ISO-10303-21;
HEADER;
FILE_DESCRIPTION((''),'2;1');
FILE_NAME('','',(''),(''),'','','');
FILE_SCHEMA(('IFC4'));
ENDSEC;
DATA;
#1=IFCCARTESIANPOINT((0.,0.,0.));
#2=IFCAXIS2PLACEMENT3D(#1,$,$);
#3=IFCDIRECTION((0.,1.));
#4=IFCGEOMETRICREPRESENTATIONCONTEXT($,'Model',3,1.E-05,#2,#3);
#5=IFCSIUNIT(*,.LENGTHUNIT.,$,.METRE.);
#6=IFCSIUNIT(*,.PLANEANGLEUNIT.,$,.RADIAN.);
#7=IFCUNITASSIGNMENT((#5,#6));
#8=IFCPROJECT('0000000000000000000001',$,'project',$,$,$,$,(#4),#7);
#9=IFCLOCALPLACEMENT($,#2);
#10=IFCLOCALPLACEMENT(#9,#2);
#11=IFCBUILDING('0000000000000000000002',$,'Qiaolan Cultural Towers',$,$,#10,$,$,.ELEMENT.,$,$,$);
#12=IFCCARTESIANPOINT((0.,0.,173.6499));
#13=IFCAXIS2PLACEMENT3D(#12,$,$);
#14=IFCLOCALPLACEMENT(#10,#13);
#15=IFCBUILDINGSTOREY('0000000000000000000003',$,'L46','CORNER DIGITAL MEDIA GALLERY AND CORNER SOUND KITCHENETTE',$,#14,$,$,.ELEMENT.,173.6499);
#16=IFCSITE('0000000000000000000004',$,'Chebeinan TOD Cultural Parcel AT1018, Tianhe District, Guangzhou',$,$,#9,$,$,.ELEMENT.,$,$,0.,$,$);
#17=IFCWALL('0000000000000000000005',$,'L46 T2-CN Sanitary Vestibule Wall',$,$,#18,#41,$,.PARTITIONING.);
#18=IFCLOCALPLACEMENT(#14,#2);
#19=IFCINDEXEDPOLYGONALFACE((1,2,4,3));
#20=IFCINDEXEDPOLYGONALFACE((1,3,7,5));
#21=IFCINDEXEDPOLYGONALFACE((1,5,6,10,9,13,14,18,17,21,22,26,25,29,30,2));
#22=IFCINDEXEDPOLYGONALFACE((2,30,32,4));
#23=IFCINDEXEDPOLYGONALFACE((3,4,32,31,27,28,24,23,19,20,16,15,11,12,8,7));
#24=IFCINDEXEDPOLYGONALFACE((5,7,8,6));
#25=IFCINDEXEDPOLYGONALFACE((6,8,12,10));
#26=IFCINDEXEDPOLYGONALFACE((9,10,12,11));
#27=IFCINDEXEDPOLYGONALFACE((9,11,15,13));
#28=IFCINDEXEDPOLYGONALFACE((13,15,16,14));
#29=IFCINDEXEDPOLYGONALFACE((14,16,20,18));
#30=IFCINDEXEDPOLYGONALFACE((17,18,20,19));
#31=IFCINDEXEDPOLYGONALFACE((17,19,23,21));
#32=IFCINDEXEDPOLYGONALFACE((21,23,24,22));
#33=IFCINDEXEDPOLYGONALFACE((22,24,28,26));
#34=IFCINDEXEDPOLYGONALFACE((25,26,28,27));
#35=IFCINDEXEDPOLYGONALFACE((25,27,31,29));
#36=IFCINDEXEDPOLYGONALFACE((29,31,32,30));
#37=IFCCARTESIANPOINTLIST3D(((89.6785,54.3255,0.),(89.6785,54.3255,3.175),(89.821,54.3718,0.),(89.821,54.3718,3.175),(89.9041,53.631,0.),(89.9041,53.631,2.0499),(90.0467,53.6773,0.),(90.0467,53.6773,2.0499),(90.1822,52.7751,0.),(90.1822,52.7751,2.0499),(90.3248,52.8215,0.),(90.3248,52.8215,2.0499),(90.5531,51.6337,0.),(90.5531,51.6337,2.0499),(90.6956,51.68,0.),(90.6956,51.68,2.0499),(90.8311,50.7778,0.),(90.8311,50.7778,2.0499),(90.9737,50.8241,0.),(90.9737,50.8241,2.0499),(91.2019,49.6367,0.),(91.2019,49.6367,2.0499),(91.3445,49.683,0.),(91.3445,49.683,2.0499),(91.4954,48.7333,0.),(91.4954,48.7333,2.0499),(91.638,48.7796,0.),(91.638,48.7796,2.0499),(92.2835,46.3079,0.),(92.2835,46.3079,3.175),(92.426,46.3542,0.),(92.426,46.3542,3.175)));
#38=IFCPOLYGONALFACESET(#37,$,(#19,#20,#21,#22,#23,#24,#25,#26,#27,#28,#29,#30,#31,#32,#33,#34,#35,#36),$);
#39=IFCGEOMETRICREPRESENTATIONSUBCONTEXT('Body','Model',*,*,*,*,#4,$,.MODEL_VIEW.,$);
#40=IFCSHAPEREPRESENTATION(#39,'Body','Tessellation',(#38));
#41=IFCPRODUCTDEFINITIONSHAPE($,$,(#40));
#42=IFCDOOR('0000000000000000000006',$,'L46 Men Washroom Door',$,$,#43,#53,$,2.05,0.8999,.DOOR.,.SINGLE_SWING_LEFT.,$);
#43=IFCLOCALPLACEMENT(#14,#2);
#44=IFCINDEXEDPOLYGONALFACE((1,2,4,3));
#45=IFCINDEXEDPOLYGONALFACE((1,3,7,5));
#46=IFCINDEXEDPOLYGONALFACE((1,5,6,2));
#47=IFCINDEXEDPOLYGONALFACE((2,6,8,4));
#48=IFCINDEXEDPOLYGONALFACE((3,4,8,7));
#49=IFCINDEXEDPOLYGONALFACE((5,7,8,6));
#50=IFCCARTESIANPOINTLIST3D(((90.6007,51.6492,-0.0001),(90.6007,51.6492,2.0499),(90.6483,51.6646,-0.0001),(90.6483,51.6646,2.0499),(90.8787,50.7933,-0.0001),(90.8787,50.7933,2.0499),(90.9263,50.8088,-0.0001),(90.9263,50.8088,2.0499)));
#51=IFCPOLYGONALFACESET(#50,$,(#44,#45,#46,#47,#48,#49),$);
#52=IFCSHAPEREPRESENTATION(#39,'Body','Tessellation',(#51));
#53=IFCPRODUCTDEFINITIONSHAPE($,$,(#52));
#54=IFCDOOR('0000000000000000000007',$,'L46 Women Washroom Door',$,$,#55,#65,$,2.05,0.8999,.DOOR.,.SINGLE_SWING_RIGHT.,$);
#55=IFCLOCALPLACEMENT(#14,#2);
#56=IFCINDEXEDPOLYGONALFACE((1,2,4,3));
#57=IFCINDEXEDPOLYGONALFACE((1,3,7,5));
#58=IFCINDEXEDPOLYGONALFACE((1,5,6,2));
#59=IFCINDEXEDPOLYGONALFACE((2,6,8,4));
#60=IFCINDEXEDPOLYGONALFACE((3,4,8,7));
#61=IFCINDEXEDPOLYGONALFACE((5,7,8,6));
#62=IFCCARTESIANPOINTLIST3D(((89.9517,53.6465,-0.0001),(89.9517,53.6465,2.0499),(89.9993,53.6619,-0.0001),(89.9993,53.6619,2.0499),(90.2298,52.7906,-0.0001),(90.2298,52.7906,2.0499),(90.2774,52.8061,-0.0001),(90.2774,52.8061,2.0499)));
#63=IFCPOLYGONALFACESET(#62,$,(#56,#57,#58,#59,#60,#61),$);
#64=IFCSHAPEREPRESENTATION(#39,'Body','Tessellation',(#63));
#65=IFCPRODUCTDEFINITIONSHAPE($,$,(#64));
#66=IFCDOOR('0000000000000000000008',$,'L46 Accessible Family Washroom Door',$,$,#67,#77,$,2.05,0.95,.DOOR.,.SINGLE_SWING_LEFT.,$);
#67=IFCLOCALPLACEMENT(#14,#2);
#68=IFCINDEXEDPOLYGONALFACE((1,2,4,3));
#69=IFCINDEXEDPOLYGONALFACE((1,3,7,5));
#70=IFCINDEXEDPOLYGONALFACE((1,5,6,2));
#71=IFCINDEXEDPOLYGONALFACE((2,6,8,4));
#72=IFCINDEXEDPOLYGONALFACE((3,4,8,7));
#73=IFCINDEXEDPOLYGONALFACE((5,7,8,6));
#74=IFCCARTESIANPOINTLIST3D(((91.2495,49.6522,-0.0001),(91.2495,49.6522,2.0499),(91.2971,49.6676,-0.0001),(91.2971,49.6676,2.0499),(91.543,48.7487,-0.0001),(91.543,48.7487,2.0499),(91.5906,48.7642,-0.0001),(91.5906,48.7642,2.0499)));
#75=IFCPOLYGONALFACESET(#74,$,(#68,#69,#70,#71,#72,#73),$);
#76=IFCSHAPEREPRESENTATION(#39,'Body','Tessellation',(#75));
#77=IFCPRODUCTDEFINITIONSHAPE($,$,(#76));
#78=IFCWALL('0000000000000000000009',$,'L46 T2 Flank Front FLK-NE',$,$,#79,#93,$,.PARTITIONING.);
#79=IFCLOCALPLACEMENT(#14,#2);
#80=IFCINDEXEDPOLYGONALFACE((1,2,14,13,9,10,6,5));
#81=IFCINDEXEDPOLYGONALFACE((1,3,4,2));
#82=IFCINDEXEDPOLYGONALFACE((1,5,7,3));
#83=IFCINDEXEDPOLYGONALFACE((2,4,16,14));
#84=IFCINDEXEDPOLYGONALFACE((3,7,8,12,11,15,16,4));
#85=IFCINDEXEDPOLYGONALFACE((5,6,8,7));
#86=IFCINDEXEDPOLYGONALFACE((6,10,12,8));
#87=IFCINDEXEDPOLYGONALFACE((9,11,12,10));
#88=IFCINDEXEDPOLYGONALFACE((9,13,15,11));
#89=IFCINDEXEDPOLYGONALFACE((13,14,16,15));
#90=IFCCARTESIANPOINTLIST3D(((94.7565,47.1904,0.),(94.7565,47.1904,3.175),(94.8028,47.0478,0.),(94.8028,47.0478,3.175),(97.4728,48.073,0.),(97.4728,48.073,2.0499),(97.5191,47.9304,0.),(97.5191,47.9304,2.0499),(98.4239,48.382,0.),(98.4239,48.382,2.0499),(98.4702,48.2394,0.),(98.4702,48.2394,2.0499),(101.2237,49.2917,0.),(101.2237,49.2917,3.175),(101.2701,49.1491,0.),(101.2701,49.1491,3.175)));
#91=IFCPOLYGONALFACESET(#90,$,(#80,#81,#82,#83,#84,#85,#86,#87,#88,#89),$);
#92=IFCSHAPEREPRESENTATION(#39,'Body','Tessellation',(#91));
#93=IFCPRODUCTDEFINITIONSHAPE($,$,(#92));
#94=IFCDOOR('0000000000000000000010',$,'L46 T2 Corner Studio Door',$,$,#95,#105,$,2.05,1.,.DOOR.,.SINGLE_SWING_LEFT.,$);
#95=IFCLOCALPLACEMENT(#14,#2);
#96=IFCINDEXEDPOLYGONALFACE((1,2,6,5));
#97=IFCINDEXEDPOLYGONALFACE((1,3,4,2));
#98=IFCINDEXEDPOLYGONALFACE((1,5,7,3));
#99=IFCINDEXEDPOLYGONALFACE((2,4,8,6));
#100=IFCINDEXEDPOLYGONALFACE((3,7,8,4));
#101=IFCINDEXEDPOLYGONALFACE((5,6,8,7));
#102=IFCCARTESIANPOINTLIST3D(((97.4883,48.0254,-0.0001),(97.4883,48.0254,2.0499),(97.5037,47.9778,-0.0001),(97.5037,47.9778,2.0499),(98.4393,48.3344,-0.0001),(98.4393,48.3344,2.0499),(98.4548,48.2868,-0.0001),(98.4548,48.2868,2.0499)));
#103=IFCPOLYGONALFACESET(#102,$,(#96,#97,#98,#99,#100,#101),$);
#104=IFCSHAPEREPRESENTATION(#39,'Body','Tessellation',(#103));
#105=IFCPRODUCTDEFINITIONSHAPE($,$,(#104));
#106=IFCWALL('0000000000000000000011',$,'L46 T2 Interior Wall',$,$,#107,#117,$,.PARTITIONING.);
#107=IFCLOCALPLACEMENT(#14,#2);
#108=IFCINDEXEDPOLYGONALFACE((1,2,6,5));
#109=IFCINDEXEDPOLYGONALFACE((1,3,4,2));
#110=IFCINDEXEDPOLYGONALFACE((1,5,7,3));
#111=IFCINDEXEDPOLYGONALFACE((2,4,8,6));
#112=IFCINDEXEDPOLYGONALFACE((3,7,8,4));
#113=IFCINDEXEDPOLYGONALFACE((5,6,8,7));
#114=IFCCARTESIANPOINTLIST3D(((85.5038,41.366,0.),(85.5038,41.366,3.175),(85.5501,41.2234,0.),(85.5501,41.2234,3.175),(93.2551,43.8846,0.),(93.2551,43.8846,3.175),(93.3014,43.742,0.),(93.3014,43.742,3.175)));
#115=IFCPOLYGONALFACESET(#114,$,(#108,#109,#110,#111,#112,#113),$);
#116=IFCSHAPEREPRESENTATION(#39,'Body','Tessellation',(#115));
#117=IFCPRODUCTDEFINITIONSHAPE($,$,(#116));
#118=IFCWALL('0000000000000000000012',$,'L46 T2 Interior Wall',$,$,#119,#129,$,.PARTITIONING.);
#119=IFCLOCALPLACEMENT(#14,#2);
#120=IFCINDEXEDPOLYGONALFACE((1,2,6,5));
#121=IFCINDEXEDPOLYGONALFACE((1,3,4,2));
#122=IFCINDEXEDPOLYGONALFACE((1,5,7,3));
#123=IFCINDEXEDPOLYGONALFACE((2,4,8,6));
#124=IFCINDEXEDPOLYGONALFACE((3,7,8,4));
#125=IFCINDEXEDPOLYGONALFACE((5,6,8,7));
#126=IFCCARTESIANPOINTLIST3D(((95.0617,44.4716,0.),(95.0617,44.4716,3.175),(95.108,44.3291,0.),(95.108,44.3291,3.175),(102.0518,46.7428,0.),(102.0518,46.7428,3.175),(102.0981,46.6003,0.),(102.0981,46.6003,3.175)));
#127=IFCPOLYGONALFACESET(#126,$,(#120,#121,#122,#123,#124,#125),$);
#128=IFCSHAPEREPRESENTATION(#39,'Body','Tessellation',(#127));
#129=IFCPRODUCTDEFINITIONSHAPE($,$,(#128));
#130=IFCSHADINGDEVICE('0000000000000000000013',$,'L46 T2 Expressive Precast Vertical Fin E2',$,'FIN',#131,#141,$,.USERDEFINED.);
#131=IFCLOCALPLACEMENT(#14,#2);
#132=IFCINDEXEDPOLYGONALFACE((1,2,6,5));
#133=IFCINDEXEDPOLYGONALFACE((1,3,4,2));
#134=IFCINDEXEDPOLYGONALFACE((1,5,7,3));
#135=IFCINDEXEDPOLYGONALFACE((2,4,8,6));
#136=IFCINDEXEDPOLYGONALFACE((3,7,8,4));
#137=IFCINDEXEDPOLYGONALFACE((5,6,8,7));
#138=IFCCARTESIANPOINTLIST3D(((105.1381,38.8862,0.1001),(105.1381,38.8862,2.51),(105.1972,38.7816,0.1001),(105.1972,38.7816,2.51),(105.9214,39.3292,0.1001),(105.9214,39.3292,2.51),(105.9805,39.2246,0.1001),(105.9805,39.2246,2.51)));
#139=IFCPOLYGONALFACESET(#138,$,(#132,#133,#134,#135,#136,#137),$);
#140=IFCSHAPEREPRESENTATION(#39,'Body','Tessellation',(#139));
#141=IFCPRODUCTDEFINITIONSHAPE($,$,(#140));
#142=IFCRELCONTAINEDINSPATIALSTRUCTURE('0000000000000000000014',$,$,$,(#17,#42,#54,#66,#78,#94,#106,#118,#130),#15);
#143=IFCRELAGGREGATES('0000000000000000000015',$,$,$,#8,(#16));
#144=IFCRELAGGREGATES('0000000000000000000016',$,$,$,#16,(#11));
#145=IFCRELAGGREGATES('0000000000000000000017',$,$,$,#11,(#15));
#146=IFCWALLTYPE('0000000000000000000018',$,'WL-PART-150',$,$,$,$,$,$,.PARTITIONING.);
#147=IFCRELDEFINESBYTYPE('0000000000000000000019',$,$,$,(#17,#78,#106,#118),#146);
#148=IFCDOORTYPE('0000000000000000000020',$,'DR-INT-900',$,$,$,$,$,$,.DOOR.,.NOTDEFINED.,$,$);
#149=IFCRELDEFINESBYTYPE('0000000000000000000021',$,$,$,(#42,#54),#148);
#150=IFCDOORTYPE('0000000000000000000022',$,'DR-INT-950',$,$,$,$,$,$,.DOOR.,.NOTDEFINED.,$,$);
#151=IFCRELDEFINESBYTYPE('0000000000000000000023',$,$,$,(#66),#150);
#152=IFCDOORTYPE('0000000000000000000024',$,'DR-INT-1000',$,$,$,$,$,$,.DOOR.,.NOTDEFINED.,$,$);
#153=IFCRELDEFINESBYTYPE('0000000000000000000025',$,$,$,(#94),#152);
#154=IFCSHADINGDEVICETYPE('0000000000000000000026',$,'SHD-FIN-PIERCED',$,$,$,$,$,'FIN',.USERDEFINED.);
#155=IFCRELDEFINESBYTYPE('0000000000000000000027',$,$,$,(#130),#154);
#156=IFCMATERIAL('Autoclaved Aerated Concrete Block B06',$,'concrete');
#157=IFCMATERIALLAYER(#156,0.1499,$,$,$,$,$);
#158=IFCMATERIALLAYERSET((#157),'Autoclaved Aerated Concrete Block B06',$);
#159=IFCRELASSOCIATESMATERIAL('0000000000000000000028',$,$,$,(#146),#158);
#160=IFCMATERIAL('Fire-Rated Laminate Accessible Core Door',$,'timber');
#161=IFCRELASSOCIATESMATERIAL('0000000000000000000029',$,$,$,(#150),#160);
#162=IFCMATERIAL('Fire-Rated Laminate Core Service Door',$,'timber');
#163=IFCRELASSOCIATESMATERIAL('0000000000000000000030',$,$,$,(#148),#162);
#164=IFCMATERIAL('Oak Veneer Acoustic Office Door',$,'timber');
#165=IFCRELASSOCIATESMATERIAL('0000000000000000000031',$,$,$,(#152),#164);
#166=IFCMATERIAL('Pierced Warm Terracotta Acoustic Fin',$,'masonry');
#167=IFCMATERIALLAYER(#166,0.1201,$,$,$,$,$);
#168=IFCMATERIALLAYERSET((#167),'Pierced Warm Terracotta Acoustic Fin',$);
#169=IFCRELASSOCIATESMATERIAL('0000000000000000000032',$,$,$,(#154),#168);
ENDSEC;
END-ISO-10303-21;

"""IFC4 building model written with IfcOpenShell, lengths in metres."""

from ifc_helpers import new_model, si_unit, direction, frame, frame_2d, origin, origin_2d, place, context, subcontext, project, spatial, rectangle, extrude, material, layer, layer_set, type_object, element, fill, save


model = new_model("IFC4")

# Units and contexts
model_context = context("Model", 3, precision=1e-05, world=origin(), true_north=direction((0.0, 1.0)))
body_context = subcontext(model_context, "Body", "Model", "MODEL_VIEW")
ifc_project = project(units=[si_unit("LENGTHUNIT", "METRE"), si_unit("PLANEANGLEUNIT", "RADIAN")], contexts=[model_context])

# Site, building, storey
site_placement = place(None, origin())
site = spatial("IfcSite", under=ifc_project, at=site_placement, Name="Chebeinan TOD Cultural Parcel AT1018, Tianhe District, Guangzhou", CompositionType="ELEMENT", RefElevation=0.0)
building_placement = place(site_placement, origin())
building = spatial("IfcBuilding", under=site, at=building_placement, Name="Qiaolan Cultural Towers", CompositionType="ELEMENT")
storey_placement = place(building_placement, frame((0.0, 0.0, 173.6499)))
storey = spatial("IfcBuildingStorey", under=building, at=storey_placement, Name="L46", Description="CORNER DIGITAL MEDIA GALLERY AND CORNER SOUND KITCHENETTE", CompositionType="ELEMENT", Elevation=173.6499)

# Shared definitions
ifc_material_1 = material(Name="Autoclaved Aerated Concrete Block B06", Category="concrete")
ifc_layer_1 = layer(ifc_material_1, 0.1499)
ifc_layer_set_1 = layer_set([ifc_layer_1], Name="Autoclaved Aerated Concrete Block B06")
wall_type_1 = type_object("IfcWallType", Name="WL-PART-150", PredefinedType="PARTITIONING", material=ifc_layer_set_1)
ifc_material_2 = material(Name="Fire-Rated Laminate Accessible Core Door", Category="timber")
door_type_1 = type_object("IfcDoorType", Name="DR-INT-950", OperationType="NOTDEFINED", PredefinedType="DOOR", material=ifc_material_2)

# Wall, openings, doors
wall_1_placement = place(storey_placement, frame((92.3547, 46.3311, 0.0), z_axis=(0.0, 0.0, 1.0), x_axis=(-0.309007, 0.95106, 0.0)))
wall_1 = element("IfcWall", 1, at=wall_1_placement, inside=storey, type_object=wall_type_1, Name="L46 T2-CN Sanitary Vestibule Wall", PredefinedType="PARTITIONING", context=body_context, shape_type="SweptSolid", body=[
    extrude(rectangle(XDim=8.4302, YDim=0.1499, at=frame_2d((4.2151, 0.0))), origin(), (0.0, 0.0, 1.0), 3.175),
])
opening_1_placement = place(wall_1_placement, frame((2.55, 0.0, 0.0)))
opening_1 = element("IfcOpeningElement", 2, at=opening_1_placement, cuts=wall_1, PredefinedType="OPENING", context=body_context, shape_type="SweptSolid", body=[
    extrude(rectangle(XDim=0.95, YDim=2.05, at=frame_2d((0.4751, 1.0249))), frame((0.0, 0.085, 0.0), z_axis=(0.0, -1.0, 0.0), x_axis=(1.0, 0.0, 0.0)), (0.0, 0.0, 1.0), 0.1699),
])
opening_2_placement = place(wall_1_placement, frame((4.7, 0.0, 0.0)))
opening_2 = element("IfcOpeningElement", 3, at=opening_2_placement, cuts=wall_1, PredefinedType="OPENING", context=body_context, shape_type="SweptSolid", body=[
    extrude(rectangle(XDim=0.8999, YDim=2.05, at=frame_2d((0.45, 1.0249))), frame((0.0, 0.085, 0.0), z_axis=(0.0, -1.0, 0.0), x_axis=(1.0, 0.0, 0.0)), (0.0, 0.0, 1.0), 0.1699),
])
opening_3_placement = place(wall_1_placement, frame((6.8, 0.0, 0.0)))
opening_3 = element("IfcOpeningElement", 4, at=opening_3_placement, cuts=wall_1, PredefinedType="OPENING", context=body_context, shape_type="SweptSolid", body=[
    extrude(rectangle(XDim=0.8999, YDim=2.05, at=frame_2d((0.45, 1.0249))), frame((0.0, 0.085, 0.0), z_axis=(0.0, -1.0, 0.0), x_axis=(1.0, 0.0, 0.0)), (0.0, 0.0, 1.0), 0.1699),
])
ifc_material_3 = material(Name="Fire-Rated Laminate Core Service Door", Category="timber")
door_type_2 = type_object("IfcDoorType", Name="DR-INT-900", OperationType="NOTDEFINED", PredefinedType="DOOR", material=ifc_material_3)
door_1_placement = place(opening_2_placement, origin())
door_1 = element("IfcDoor", 5, at=door_1_placement, inside=storey, type_object=door_type_2, Name="L46 Men Washroom Door", OperationType="SINGLE_SWING_LEFT", OverallHeight=2.05, OverallWidth=0.8999, PredefinedType="DOOR", context=body_context, shape_type="SweptSolid", body=[
    extrude(rectangle(XDim=0.8999, YDim=2.05, at=frame_2d((0.45, 1.0249))), frame((0.0, 0.0249, 0.0), z_axis=(0.0, -1.0, 0.0), x_axis=(1.0, 0.0, 0.0)), (0.0, 0.0, 1.0), 0.05),
])
fill(opening_2, door_1)
door_2_placement = place(opening_3_placement, origin())
door_2 = element("IfcDoor", 6, at=door_2_placement, inside=storey, type_object=door_type_2, Name="L46 Women Washroom Door", OperationType="SINGLE_SWING_RIGHT", OverallHeight=2.05, OverallWidth=0.8999, PredefinedType="DOOR", context=body_context, shape_type="SweptSolid", body=[
    extrude(rectangle(XDim=0.8999, YDim=2.05, at=frame_2d((0.45, 1.0249))), frame((0.0, 0.0249, 0.0), z_axis=(0.0, -1.0, 0.0), x_axis=(1.0, 0.0, 0.0)), (0.0, 0.0, 1.0), 0.05),
])
fill(opening_3, door_2)
door_3_placement = place(opening_1_placement, origin())
door_3 = element("IfcDoor", 7, at=door_3_placement, inside=storey, type_object=door_type_1, Name="L46 Accessible Family Washroom Door", OperationType="SINGLE_SWING_LEFT", OverallHeight=2.05, OverallWidth=0.95, PredefinedType="DOOR", context=body_context, shape_type="SweptSolid", body=[
    extrude(rectangle(XDim=0.95, YDim=2.05, at=frame_2d((0.4751, 1.0249))), frame((0.0, 0.0249, 0.0), z_axis=(0.0, -1.0, 0.0), x_axis=(1.0, 0.0, 0.0)), (0.0, 0.0, 1.0), 0.05),
])
fill(opening_1, door_3)

# Wall, opening, door
wall_2_placement = place(storey_placement, frame((94.7798, 47.1191, 0.0), z_axis=(0.0, 0.0, 1.0), x_axis=(0.951058, 0.309013, 0.0)))
wall_2 = element("IfcWall", 8, at=wall_2_placement, inside=storey, type_object=wall_type_1, Name="L46 T2 Flank Front FLK-NE", PredefinedType="PARTITIONING", context=body_context, shape_type="SweptSolid", body=[
    extrude(rectangle(XDim=6.8, YDim=0.1499, at=frame_2d((3.3999, 0.0))), origin(), (0.0, 0.0, 1.0), 3.175),
])
opening_4_placement = place(wall_2_placement, frame((2.856, 0.0, 0.0)))
opening_4 = element("IfcOpeningElement", 9, at=opening_4_placement, cuts=wall_2, PredefinedType="OPENING", context=body_context, shape_type="SweptSolid", body=[
    extrude(rectangle(XDim=1.0, YDim=2.05, at=frame_2d((0.5, 1.0249))), frame((0.0, 0.085, 0.0), z_axis=(0.0, -1.0, 0.0), x_axis=(1.0, 0.0, 0.0)), (0.0, 0.0, 1.0), 0.1699),
])
ifc_material_4 = material(Name="Oak Veneer Acoustic Office Door", Category="timber")
door_type_3 = type_object("IfcDoorType", Name="DR-INT-1000", OperationType="NOTDEFINED", PredefinedType="DOOR", material=ifc_material_4)
door_4_placement = place(opening_4_placement, origin())
door_4 = element("IfcDoor", 10, at=door_4_placement, inside=storey, type_object=door_type_3, Name="L46 T2 Corner Studio Door", OperationType="SINGLE_SWING_LEFT", OverallHeight=2.05, OverallWidth=1.0, PredefinedType="DOOR", context=body_context, shape_type="SweptSolid", body=[
    extrude(rectangle(XDim=1.0, YDim=2.05, at=frame_2d((0.5, 1.0249))), frame((0.0, 0.0249, 0.0), z_axis=(0.0, -1.0, 0.0), x_axis=(1.0, 0.0, 0.0)), (0.0, 0.0, 1.0), 0.05),
])
fill(opening_4, door_4)

# Walls
wall_3_placement = place(storey_placement, frame((85.5269, 41.2947, 0.0), z_axis=(0.0, 0.0, 1.0), x_axis=(0.951055, 0.30902, 0.0)))
element("IfcWall", 11, at=wall_3_placement, inside=storey, type_object=wall_type_1, Name="L46 T2 Interior Wall", PredefinedType="PARTITIONING", context=body_context, shape_type="SweptSolid", body=[
    extrude(rectangle(XDim=8.1501, YDim=0.1499, at=frame_2d((4.0752, 0.0))), origin(), (0.0, 0.0, 1.0), 3.175),
])
wall_4_placement = place(storey_placement, frame((95.085, 44.4004, 0.0), z_axis=(0.0, 0.0, 1.0), x_axis=(0.951057, 0.309014, 0.0)))
element("IfcWall", 12, at=wall_4_placement, inside=storey, type_object=wall_type_1, Name="L46 T2 Interior Wall", PredefinedType="PARTITIONING", context=body_context, shape_type="SweptSolid", body=[
    extrude(rectangle(XDim=7.3499, YDim=0.1499, at=frame_2d((3.6748, 0.0))), origin(), (0.0, 0.0, 1.0), 3.175),
])

# Shading device
ifc_material_5 = material(Name="Pierced Warm Terracotta Acoustic Fin", Category="masonry")
ifc_layer_2 = layer(ifc_material_5, 0.1201)
ifc_layer_set_2 = layer_set([ifc_layer_2], Name="Pierced Warm Terracotta Acoustic Fin")
shading_device_type = type_object("IfcShadingDeviceType", Name="SHD-FIN-PIERCED", ElementType="FIN", PredefinedType="USERDEFINED", material=ifc_layer_set_2)
shading_device_placement = place(storey_placement, frame((105.5593, 39.0554, 0.1001), z_axis=(0.0, 0.0, 1.0), x_axis=(0.870436, 0.492282, 0.0)))
element("IfcShadingDevice", 13, at=shading_device_placement, inside=storey, type_object=shading_device_type, Name="L46 T2 Expressive Precast Vertical Fin E2", ObjectType="FIN", PredefinedType="USERDEFINED", context=body_context, shape_type="SweptSolid", body=[
    extrude(rectangle(XDim=0.8999, YDim=0.1201, at=origin_2d()), origin(), (0.0, 0.0, 1.0), 2.4099),
])

save(model, "model.ifc")
